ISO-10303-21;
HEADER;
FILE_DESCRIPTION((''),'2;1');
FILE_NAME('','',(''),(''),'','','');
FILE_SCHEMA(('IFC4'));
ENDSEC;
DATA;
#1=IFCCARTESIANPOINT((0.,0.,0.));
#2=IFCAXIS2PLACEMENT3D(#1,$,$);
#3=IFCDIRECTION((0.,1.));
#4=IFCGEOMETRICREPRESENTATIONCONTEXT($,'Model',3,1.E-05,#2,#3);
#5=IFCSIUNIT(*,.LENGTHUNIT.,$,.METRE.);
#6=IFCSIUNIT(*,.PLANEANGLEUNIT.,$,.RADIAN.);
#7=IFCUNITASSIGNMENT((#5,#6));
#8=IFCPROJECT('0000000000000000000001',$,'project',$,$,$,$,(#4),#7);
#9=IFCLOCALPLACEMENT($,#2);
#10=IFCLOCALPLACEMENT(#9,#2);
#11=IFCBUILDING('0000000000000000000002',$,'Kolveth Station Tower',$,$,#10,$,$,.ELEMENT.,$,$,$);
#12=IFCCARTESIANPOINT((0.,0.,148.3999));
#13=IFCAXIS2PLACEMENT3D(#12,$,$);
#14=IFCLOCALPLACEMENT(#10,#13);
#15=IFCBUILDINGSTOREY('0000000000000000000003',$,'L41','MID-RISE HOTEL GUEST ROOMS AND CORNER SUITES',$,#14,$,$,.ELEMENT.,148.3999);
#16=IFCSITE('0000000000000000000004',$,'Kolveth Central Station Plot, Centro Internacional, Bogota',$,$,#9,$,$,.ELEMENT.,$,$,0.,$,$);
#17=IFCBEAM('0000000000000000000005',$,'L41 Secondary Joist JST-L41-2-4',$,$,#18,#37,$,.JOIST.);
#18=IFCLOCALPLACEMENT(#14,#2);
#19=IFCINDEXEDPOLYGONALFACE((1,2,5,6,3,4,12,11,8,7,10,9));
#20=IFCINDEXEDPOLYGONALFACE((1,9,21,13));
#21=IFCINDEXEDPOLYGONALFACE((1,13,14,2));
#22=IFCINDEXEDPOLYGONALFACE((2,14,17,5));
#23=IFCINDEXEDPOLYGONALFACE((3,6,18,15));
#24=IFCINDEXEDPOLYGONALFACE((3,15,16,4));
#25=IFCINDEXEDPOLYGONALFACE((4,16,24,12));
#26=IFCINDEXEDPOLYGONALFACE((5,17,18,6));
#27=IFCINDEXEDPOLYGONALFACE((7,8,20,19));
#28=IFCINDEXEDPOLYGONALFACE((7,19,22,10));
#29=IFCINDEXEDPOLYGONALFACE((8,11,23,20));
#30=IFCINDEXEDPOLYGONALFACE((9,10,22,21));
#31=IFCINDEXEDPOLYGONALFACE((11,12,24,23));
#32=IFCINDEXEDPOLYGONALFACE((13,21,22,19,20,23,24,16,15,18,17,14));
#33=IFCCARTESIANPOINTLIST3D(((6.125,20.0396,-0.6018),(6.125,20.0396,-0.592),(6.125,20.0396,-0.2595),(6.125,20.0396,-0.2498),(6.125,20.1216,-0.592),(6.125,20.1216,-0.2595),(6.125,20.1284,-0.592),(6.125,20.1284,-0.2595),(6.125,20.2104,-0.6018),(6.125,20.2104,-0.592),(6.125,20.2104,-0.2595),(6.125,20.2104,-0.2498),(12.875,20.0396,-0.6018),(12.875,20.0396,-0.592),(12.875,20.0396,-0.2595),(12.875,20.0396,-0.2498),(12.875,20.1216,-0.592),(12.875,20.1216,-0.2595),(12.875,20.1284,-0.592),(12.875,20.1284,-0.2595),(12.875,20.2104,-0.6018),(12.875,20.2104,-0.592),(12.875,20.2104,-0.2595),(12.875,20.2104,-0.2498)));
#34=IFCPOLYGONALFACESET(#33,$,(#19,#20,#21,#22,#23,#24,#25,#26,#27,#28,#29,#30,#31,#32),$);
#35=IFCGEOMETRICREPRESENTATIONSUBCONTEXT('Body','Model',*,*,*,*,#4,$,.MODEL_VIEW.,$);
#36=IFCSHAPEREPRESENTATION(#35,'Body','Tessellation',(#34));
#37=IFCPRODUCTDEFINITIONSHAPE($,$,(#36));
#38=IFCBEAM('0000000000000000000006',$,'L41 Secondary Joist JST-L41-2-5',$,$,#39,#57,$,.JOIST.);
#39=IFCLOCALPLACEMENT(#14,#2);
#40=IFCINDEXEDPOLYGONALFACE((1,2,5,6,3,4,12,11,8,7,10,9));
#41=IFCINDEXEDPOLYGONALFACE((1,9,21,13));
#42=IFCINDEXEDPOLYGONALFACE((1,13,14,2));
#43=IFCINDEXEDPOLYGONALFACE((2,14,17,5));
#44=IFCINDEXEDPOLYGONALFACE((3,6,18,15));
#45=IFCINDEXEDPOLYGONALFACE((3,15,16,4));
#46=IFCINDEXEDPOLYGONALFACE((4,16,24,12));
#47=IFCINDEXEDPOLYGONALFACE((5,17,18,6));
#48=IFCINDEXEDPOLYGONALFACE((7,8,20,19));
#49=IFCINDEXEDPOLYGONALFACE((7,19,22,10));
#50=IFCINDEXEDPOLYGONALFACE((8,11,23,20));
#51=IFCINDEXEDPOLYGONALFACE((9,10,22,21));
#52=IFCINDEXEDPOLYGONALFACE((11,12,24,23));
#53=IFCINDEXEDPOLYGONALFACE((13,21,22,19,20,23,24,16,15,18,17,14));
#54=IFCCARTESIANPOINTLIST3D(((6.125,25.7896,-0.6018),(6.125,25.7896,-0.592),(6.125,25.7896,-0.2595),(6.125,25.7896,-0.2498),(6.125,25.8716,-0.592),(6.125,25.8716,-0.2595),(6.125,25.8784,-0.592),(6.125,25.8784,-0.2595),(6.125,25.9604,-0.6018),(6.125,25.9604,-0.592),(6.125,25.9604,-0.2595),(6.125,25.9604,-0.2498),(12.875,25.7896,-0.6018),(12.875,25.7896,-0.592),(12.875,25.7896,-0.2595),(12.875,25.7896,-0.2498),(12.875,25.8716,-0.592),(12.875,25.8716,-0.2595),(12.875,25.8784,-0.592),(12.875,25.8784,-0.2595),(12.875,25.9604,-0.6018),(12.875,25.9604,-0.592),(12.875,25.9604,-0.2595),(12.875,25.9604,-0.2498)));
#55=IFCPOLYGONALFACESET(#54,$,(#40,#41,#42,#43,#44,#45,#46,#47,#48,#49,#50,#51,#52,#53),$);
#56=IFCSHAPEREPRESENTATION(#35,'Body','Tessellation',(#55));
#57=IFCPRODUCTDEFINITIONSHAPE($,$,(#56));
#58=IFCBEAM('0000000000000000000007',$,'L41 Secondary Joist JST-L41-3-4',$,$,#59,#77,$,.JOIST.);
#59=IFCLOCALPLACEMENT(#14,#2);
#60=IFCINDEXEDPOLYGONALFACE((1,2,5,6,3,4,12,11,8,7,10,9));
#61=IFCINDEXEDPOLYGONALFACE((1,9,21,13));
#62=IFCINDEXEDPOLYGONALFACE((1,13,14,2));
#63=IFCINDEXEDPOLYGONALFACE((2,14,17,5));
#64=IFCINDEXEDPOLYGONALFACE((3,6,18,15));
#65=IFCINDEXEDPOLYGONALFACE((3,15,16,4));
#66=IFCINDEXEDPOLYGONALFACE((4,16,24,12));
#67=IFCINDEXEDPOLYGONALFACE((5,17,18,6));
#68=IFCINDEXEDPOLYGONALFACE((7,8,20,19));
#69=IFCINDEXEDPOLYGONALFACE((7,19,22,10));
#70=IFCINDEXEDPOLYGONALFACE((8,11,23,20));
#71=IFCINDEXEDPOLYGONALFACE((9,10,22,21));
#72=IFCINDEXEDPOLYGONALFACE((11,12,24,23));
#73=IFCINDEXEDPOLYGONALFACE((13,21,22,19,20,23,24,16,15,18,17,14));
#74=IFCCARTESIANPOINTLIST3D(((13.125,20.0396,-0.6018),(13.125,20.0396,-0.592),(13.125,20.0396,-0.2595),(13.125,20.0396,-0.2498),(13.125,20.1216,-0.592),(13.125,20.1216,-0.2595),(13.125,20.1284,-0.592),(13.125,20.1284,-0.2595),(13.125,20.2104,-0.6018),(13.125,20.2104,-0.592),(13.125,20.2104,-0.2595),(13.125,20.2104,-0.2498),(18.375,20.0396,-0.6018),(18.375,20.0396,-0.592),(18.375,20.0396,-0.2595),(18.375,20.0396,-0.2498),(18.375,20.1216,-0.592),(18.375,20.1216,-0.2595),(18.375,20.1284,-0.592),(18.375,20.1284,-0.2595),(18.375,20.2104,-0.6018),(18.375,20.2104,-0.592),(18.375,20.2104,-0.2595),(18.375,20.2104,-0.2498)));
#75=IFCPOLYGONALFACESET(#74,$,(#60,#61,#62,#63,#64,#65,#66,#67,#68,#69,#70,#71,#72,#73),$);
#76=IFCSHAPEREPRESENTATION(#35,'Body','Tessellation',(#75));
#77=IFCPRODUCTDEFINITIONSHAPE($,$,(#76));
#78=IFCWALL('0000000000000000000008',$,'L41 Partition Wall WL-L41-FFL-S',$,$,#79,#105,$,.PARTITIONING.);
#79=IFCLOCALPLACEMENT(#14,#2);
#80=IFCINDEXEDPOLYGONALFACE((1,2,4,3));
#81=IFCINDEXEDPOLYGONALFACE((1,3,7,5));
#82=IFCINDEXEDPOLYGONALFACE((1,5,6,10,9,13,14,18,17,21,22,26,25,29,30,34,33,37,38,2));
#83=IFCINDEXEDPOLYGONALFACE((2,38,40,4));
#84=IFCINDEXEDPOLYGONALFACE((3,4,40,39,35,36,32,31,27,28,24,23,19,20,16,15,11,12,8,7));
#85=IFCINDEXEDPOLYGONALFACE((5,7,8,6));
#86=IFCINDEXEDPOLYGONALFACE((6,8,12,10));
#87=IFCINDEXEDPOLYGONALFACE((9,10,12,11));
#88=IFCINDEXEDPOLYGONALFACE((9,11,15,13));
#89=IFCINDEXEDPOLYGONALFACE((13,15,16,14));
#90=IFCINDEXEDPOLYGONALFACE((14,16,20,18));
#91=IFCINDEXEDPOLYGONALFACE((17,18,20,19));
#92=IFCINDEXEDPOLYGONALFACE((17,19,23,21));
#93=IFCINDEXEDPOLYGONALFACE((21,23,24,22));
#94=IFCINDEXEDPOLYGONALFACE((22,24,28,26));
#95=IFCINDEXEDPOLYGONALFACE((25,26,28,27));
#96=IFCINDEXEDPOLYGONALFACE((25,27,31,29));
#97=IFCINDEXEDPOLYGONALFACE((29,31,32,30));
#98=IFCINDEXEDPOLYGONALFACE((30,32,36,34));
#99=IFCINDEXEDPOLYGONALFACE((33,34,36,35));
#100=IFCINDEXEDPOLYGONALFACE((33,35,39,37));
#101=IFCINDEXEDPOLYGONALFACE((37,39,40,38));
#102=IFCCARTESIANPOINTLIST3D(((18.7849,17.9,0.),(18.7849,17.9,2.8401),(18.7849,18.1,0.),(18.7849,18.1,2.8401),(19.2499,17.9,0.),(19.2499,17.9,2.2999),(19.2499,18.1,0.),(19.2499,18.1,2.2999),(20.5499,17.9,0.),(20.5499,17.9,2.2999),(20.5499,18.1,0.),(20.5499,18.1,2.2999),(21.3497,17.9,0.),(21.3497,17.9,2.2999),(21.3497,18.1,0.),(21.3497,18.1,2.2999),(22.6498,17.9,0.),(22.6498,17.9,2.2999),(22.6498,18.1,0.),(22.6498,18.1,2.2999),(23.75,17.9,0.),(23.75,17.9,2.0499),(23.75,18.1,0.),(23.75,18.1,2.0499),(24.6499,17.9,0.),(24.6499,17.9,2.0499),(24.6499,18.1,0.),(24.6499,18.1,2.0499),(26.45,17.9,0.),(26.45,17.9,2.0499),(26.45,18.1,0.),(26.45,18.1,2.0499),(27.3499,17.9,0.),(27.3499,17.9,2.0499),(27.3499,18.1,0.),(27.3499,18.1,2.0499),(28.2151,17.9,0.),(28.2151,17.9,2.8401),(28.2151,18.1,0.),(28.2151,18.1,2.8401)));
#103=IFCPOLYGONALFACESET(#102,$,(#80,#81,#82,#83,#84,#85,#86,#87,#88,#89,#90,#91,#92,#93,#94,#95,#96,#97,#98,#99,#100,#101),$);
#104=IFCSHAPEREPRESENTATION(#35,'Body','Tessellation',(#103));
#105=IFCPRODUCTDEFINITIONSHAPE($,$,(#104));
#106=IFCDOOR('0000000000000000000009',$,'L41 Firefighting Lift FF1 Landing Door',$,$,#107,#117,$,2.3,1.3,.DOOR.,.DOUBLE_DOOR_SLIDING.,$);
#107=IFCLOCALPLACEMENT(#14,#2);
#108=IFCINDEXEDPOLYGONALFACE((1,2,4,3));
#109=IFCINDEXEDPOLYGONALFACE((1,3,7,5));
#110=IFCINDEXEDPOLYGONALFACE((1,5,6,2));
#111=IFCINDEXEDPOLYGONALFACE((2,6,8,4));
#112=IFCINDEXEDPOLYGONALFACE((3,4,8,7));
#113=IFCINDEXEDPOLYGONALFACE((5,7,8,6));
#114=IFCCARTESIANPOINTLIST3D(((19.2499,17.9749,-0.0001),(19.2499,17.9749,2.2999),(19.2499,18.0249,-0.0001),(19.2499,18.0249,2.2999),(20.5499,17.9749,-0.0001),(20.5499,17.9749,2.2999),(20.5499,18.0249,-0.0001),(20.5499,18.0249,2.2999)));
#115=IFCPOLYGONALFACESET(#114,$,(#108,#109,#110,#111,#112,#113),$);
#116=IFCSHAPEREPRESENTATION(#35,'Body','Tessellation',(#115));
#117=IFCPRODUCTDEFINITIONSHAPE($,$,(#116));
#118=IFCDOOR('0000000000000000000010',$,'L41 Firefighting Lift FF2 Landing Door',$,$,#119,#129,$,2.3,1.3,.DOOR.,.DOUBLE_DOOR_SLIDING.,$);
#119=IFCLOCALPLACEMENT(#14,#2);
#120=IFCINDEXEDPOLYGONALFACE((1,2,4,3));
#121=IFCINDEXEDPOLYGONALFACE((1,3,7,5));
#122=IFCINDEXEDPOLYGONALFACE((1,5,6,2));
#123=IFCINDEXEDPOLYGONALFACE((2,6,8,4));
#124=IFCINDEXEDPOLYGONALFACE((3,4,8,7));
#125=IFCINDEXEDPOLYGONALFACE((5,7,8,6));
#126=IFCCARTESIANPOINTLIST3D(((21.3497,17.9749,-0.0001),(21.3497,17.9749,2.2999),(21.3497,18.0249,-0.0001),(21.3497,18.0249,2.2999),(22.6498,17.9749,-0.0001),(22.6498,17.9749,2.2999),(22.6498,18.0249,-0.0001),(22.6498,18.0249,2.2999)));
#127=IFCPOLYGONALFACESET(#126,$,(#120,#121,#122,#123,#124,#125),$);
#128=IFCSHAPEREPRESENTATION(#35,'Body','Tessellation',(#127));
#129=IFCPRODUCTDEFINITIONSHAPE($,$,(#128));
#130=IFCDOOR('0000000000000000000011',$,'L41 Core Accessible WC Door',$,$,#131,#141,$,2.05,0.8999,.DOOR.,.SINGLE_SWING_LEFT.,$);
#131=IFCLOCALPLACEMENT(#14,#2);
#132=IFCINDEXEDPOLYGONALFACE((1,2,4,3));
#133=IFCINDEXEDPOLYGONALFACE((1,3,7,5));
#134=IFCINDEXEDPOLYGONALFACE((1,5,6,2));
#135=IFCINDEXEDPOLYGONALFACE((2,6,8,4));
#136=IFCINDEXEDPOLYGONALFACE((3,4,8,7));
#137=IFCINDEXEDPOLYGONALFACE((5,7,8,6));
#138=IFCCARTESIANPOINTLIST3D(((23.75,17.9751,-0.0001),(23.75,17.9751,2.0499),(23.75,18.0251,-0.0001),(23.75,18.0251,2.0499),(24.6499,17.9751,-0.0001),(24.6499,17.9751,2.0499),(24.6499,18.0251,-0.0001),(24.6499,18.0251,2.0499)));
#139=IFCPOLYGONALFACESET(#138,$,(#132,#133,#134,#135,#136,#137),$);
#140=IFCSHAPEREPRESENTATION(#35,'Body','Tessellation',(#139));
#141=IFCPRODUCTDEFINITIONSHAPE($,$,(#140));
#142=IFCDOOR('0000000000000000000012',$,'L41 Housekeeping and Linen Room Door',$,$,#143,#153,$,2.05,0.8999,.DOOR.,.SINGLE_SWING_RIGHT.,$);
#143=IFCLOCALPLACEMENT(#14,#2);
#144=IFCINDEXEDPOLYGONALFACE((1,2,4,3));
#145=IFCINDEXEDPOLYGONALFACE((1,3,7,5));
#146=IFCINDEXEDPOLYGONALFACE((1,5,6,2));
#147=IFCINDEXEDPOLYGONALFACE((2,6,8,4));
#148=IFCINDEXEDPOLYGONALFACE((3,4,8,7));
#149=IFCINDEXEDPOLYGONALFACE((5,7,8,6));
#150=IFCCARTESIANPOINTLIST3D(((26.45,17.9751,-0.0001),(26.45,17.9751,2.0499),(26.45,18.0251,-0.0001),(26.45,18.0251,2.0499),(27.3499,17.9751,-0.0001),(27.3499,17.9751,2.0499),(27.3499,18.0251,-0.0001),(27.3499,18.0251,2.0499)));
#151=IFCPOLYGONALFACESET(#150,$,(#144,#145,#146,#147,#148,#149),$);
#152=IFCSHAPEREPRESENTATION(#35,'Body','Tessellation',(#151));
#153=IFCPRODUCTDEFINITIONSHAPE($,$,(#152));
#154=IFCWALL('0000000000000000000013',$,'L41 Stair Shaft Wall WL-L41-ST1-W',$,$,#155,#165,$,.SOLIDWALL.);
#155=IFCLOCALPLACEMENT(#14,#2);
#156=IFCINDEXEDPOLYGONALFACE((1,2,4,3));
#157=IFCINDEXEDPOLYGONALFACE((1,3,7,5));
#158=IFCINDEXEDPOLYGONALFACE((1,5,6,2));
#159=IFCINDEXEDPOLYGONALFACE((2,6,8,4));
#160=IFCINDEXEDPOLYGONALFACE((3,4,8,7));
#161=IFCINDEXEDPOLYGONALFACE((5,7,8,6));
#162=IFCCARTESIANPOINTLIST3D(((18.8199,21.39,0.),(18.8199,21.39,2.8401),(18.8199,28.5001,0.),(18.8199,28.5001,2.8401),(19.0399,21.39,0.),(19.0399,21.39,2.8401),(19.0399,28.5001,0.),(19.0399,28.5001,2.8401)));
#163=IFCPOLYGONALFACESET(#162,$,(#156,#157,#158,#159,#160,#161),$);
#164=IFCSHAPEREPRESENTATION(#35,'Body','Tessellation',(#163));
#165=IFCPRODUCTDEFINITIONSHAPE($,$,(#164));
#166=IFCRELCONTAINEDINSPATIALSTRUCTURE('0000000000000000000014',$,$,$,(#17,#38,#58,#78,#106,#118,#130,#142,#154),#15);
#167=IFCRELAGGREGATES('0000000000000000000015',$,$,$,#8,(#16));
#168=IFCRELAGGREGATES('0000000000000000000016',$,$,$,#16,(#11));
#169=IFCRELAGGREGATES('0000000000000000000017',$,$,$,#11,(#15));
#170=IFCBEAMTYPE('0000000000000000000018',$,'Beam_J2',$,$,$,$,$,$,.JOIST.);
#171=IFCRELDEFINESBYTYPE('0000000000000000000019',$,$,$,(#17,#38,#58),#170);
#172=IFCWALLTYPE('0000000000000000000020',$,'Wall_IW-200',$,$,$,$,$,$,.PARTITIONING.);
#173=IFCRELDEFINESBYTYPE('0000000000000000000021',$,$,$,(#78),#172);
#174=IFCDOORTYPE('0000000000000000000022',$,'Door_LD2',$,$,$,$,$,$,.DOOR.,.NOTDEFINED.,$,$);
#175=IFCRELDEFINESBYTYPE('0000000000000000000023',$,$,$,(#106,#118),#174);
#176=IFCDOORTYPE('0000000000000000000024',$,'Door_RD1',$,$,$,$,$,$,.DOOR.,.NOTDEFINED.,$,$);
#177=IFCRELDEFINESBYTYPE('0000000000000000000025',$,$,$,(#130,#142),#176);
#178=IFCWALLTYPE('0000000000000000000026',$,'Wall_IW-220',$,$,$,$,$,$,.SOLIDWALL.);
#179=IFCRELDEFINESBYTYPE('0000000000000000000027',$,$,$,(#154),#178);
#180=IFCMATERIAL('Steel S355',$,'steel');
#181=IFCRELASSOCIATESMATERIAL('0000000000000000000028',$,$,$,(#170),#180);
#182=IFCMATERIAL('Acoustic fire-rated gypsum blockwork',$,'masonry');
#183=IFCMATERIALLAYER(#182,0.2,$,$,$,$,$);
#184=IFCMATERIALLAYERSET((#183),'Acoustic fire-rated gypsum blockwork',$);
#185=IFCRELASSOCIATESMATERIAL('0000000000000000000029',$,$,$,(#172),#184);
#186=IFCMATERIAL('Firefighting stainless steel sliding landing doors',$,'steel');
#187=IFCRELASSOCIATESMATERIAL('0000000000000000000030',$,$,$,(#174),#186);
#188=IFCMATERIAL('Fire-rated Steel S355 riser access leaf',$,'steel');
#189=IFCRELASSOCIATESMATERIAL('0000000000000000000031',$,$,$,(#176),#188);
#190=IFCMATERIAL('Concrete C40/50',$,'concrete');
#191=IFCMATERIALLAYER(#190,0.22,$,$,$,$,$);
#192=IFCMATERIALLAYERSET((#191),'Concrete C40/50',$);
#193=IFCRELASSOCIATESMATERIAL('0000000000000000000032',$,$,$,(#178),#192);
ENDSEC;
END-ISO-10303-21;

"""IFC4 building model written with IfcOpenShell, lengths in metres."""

from ifc_helpers import new_model, si_unit, direction, frame, frame_2d, origin, origin_2d, place, context, subcontext, project, spatial, rectangle, i_section, extrude, source, transform, mapped, material, layer, layer_set, material_profile, profile_set, type_object, element, fill, save


model = new_model("IFC4")

# Units and contexts
model_context = context("Model", 3, precision=1e-05, world=origin(), true_north=direction((0.0, 1.0)))
body_context = subcontext(model_context, "Body", "Model", "MODEL_VIEW")
ifc_project = project(units=[si_unit("LENGTHUNIT", "METRE"), si_unit("PLANEANGLEUNIT", "RADIAN")], contexts=[model_context])

# Site, building, storey
site_placement = place(None, origin())
site = spatial("IfcSite", under=ifc_project, at=site_placement, Name="Kolveth Central Station Plot, Centro Internacional, Bogota", CompositionType="ELEMENT", RefElevation=0.0)
building_placement = place(site_placement, origin())
building = spatial("IfcBuilding", under=site, at=building_placement, Name="Kolveth Station Tower", CompositionType="ELEMENT")
storey_placement = place(building_placement, frame((0.0, 0.0, 148.3999)))
storey = spatial("IfcBuildingStorey", under=building, at=storey_placement, Name="L41", Description="MID-RISE HOTEL GUEST ROOMS AND CORNER SUITES", CompositionType="ELEMENT", Elevation=148.3999)

# Shared definitions
ifc_material_1 = material(Name="Steel S355", Category="steel")

# Beams
ifc_material_profile_1 = material_profile(ifc_material_1, i_section(OverallWidth=0.1709, OverallDepth=0.3521, WebThickness=0.0068, FlangeThickness=0.0098, at=origin_2d()), Name="W360x44")
ifc_profile_set_1 = profile_set([ifc_material_profile_1], Name="Steel S355")
beam_type_1 = type_object("IfcBeamType", Name="Beam_J2", PredefinedType="JOIST", material=ifc_profile_set_1)
shared_shape_1 = source(origin(), body_context, "Body", "SweptSolid", [
    extrude(i_section(OverallWidth=0.1709, OverallDepth=0.3521, WebThickness=0.0068, FlangeThickness=0.0098, at=origin_2d()), origin(), (0.0, 0.0, 1.0), 6.75),
])
for number, where, z_axis, x_axis, name in (
    (1, (6.125, 20.125, -0.4258), (1.0, 0.0, 0.0), (0.0, 1.0, 0.0), "L41 Secondary Joist JST-L41-2-4"),
    (2, (6.125, 25.875, -0.4258), (1.0, 0.0, 0.0), (0.0, 1.0, 0.0), "L41 Secondary Joist JST-L41-2-5"),
):
    element("IfcBeam", number, at=place(storey_placement, frame(where, z_axis=z_axis, x_axis=x_axis)), inside=storey, type_object=beam_type_1, Name=name, PredefinedType="JOIST", context=body_context, shape_type="MappedRepresentation", body=[
        mapped(shared_shape_1, transform((0.0, 0.0, 0.0), x_axis=(1.0, 0.0, 0.0), y_axis=(0.0, 1.0, 0.0), z_axis=(0.0, 0.0, 1.0), scale=1.0)),
    ])
shared_shape_2 = source(origin(), body_context, "Body", "SweptSolid", [
    extrude(i_section(OverallWidth=0.1709, OverallDepth=0.3521, WebThickness=0.0068, FlangeThickness=0.0098, at=origin_2d()), origin(), (0.0, 0.0, 1.0), 5.25),
])
beam_1_placement = place(storey_placement, frame((13.125, 20.125, -0.4258), z_axis=(1.0, 0.0, 0.0), x_axis=(0.0, 1.0, 0.0)))
element("IfcBeam", 3, at=beam_1_placement, inside=storey, type_object=beam_type_1, Name="L41 Secondary Joist JST-L41-3-4", PredefinedType="JOIST", context=body_context, shape_type="MappedRepresentation", body=[
    mapped(shared_shape_2, transform((0.0, 0.0, 0.0), x_axis=(1.0, 0.0, 0.0), y_axis=(0.0, 1.0, 0.0), z_axis=(0.0, 0.0, 1.0), scale=1.0)),
])

# Wall, openings, doors
ifc_material_2 = material(Name="Acoustic fire-rated gypsum blockwork", Category="masonry")
ifc_layer_1 = layer(ifc_material_2, 0.2)
ifc_layer_set_1 = layer_set([ifc_layer_1], Name="Acoustic fire-rated gypsum blockwork")
wall_type_1 = type_object("IfcWallType", Name="Wall_IW-200", PredefinedType="PARTITIONING", material=ifc_layer_set_1)
wall_1_placement = place(storey_placement, frame((18.7849, 18.0, 0.0), z_axis=(0.0, 0.0, 1.0), x_axis=(1.0, 0.0, 0.0)))
wall_1 = element("IfcWall", 4, at=wall_1_placement, inside=storey, type_object=wall_type_1, Name="L41 Partition Wall WL-L41-FFL-S", PredefinedType="PARTITIONING", context=body_context, shape_type="SweptSolid", body=[
    extrude(rectangle(XDim=9.4302, YDim=0.2, at=frame_2d((4.7151, 0.0))), origin(), (0.0, 0.0, 1.0), 2.8401),
])
opening_1_placement = place(wall_1_placement, frame((0.4651, 0.0, 0.0)))
opening_1 = element("IfcOpeningElement", 5, at=opening_1_placement, cuts=wall_1, PredefinedType="OPENING", context=body_context, shape_type="SweptSolid", body=[
    extrude(rectangle(XDim=1.3, YDim=2.3, at=frame_2d((0.6499, 1.1499))), frame((0.0, 0.1099, 0.0), z_axis=(0.0, -1.0, 0.0), x_axis=(1.0, 0.0, 0.0)), (0.0, 0.0, 1.0), 0.22),
])
opening_2_placement = place(wall_1_placement, frame((2.5649, 0.0, 0.0)))
opening_2 = element("IfcOpeningElement", 6, at=opening_2_placement, cuts=wall_1, PredefinedType="OPENING", context=body_context, shape_type="SweptSolid", body=[
    extrude(rectangle(XDim=1.3, YDim=2.3, at=frame_2d((0.6499, 1.1499))), frame((0.0, 0.1099, 0.0), z_axis=(0.0, -1.0, 0.0), x_axis=(1.0, 0.0, 0.0)), (0.0, 0.0, 1.0), 0.22),
])
opening_3_placement = place(wall_1_placement, frame((4.9651, 0.0, 0.0)))
opening_3 = element("IfcOpeningElement", 7, at=opening_3_placement, cuts=wall_1, PredefinedType="OPENING", context=body_context, shape_type="SweptSolid", body=[
    extrude(rectangle(XDim=0.8999, YDim=2.05, at=frame_2d((0.45, 1.0249))), frame((0.0, 0.1099, 0.0), z_axis=(0.0, -1.0, 0.0), x_axis=(1.0, 0.0, 0.0)), (0.0, 0.0, 1.0), 0.22),
])
opening_4_placement = place(wall_1_placement, frame((7.665, 0.0, 0.0)))
opening_4 = element("IfcOpeningElement", 8, at=opening_4_placement, cuts=wall_1, PredefinedType="OPENING", context=body_context, shape_type="SweptSolid", body=[
    extrude(rectangle(XDim=0.8999, YDim=2.05, at=frame_2d((0.45, 1.0249))), frame((0.0, 0.1099, 0.0), z_axis=(0.0, -1.0, 0.0), x_axis=(1.0, 0.0, 0.0)), (0.0, 0.0, 1.0), 0.22),
])
ifc_material_3 = material(Name="Firefighting stainless steel sliding landing doors", Category="steel")
door_type_1 = type_object("IfcDoorType", Name="Door_LD2", OperationType="NOTDEFINED", PredefinedType="DOOR", material=ifc_material_3)
door_1_placement = place(opening_1_placement, origin())
door_1 = element("IfcDoor", 9, at=door_1_placement, inside=storey, type_object=door_type_1, Name="L41 Firefighting Lift FF1 Landing Door", OperationType="DOUBLE_DOOR_SLIDING", OverallHeight=2.3, OverallWidth=1.3, PredefinedType="DOOR", context=body_context, shape_type="SweptSolid", body=[
    extrude(rectangle(XDim=1.3, YDim=2.3, at=frame_2d((0.6499, 1.1499))), frame((0.0, 0.0249, 0.0), z_axis=(0.0, -1.0, 0.0), x_axis=(1.0, 0.0, 0.0)), (0.0, 0.0, 1.0), 0.05),
])
fill(opening_1, door_1)
door_2_placement = place(opening_2_placement, origin())
door_2 = element("IfcDoor", 10, at=door_2_placement, inside=storey, type_object=door_type_1, Name="L41 Firefighting Lift FF2 Landing Door", OperationType="DOUBLE_DOOR_SLIDING", OverallHeight=2.3, OverallWidth=1.3, PredefinedType="DOOR", context=body_context, shape_type="SweptSolid", body=[
    extrude(rectangle(XDim=1.3, YDim=2.3, at=frame_2d((0.6499, 1.1499))), frame((0.0, 0.0249, 0.0), z_axis=(0.0, -1.0, 0.0), x_axis=(1.0, 0.0, 0.0)), (0.0, 0.0, 1.0), 0.05),
])
fill(opening_2, door_2)
ifc_material_4 = material(Name="Fire-rated Steel S355 riser access leaf", Category="steel")
door_type_2 = type_object("IfcDoorType", Name="Door_RD1", OperationType="NOTDEFINED", PredefinedType="DOOR", material=ifc_material_4)
door_3_placement = place(opening_3_placement, frame((0.8999, 0.0, 0.0), z_axis=(0.0, 0.0, 1.0), x_axis=(-1.0, 0.0, 0.0)))
door_3 = element("IfcDoor", 11, at=door_3_placement, inside=storey, type_object=door_type_2, Name="L41 Core Accessible WC Door", OperationType="SINGLE_SWING_LEFT", OverallHeight=2.05, OverallWidth=0.8999, PredefinedType="DOOR", context=body_context, shape_type="SweptSolid", body=[
    extrude(rectangle(XDim=0.8999, YDim=2.05, at=frame_2d((0.45, 1.0249))), frame((0.0, 0.0249, 0.0), z_axis=(0.0, -1.0, 0.0), x_axis=(1.0, 0.0, 0.0)), (0.0, 0.0, 1.0), 0.05),
])
fill(opening_3, door_3)
door_4_placement = place(opening_4_placement, frame((0.8999, 0.0, 0.0), z_axis=(0.0, 0.0, 1.0), x_axis=(-1.0, 0.0, 0.0)))
door_4 = element("IfcDoor", 12, at=door_4_placement, inside=storey, type_object=door_type_2, Name="L41 Housekeeping and Linen Room Door", OperationType="SINGLE_SWING_RIGHT", OverallHeight=2.05, OverallWidth=0.8999, PredefinedType="DOOR", context=body_context, shape_type="SweptSolid", body=[
    extrude(rectangle(XDim=0.8999, YDim=2.05, at=frame_2d((0.45, 1.0249))), frame((0.0, 0.0249, 0.0), z_axis=(0.0, -1.0, 0.0), x_axis=(1.0, 0.0, 0.0)), (0.0, 0.0, 1.0), 0.05),
])
fill(opening_4, door_4)

# Wall
ifc_material_5 = material(Name="Concrete C40/50", Category="concrete")
ifc_layer_2 = layer(ifc_material_5, 0.22)
ifc_layer_set_2 = layer_set([ifc_layer_2], Name="Concrete C40/50")
wall_type_2 = type_object("IfcWallType", Name="Wall_IW-220", PredefinedType="SOLIDWALL", material=ifc_layer_set_2)
for number, where, z_axis, x_axis, name in (
    (13, (18.9299, 21.3899, 0.0), (0.0, 0.0, 1.0), (0.0, 1.0, 0.0), "L41 Stair Shaft Wall WL-L41-ST1-W"),
):
    element("IfcWall", number, at=place(storey_placement, frame(where, z_axis=z_axis, x_axis=x_axis)), inside=storey, type_object=wall_type_2, Name=name, PredefinedType="SOLIDWALL", context=body_context, shape_type="SweptSolid", body=[
        extrude(rectangle(XDim=7.1101, YDim=0.22, at=frame_2d((3.5552, 0.0))), origin(), (0.0, 0.0, 1.0), 2.8401),
    ])

save(model, "model.ifc")
